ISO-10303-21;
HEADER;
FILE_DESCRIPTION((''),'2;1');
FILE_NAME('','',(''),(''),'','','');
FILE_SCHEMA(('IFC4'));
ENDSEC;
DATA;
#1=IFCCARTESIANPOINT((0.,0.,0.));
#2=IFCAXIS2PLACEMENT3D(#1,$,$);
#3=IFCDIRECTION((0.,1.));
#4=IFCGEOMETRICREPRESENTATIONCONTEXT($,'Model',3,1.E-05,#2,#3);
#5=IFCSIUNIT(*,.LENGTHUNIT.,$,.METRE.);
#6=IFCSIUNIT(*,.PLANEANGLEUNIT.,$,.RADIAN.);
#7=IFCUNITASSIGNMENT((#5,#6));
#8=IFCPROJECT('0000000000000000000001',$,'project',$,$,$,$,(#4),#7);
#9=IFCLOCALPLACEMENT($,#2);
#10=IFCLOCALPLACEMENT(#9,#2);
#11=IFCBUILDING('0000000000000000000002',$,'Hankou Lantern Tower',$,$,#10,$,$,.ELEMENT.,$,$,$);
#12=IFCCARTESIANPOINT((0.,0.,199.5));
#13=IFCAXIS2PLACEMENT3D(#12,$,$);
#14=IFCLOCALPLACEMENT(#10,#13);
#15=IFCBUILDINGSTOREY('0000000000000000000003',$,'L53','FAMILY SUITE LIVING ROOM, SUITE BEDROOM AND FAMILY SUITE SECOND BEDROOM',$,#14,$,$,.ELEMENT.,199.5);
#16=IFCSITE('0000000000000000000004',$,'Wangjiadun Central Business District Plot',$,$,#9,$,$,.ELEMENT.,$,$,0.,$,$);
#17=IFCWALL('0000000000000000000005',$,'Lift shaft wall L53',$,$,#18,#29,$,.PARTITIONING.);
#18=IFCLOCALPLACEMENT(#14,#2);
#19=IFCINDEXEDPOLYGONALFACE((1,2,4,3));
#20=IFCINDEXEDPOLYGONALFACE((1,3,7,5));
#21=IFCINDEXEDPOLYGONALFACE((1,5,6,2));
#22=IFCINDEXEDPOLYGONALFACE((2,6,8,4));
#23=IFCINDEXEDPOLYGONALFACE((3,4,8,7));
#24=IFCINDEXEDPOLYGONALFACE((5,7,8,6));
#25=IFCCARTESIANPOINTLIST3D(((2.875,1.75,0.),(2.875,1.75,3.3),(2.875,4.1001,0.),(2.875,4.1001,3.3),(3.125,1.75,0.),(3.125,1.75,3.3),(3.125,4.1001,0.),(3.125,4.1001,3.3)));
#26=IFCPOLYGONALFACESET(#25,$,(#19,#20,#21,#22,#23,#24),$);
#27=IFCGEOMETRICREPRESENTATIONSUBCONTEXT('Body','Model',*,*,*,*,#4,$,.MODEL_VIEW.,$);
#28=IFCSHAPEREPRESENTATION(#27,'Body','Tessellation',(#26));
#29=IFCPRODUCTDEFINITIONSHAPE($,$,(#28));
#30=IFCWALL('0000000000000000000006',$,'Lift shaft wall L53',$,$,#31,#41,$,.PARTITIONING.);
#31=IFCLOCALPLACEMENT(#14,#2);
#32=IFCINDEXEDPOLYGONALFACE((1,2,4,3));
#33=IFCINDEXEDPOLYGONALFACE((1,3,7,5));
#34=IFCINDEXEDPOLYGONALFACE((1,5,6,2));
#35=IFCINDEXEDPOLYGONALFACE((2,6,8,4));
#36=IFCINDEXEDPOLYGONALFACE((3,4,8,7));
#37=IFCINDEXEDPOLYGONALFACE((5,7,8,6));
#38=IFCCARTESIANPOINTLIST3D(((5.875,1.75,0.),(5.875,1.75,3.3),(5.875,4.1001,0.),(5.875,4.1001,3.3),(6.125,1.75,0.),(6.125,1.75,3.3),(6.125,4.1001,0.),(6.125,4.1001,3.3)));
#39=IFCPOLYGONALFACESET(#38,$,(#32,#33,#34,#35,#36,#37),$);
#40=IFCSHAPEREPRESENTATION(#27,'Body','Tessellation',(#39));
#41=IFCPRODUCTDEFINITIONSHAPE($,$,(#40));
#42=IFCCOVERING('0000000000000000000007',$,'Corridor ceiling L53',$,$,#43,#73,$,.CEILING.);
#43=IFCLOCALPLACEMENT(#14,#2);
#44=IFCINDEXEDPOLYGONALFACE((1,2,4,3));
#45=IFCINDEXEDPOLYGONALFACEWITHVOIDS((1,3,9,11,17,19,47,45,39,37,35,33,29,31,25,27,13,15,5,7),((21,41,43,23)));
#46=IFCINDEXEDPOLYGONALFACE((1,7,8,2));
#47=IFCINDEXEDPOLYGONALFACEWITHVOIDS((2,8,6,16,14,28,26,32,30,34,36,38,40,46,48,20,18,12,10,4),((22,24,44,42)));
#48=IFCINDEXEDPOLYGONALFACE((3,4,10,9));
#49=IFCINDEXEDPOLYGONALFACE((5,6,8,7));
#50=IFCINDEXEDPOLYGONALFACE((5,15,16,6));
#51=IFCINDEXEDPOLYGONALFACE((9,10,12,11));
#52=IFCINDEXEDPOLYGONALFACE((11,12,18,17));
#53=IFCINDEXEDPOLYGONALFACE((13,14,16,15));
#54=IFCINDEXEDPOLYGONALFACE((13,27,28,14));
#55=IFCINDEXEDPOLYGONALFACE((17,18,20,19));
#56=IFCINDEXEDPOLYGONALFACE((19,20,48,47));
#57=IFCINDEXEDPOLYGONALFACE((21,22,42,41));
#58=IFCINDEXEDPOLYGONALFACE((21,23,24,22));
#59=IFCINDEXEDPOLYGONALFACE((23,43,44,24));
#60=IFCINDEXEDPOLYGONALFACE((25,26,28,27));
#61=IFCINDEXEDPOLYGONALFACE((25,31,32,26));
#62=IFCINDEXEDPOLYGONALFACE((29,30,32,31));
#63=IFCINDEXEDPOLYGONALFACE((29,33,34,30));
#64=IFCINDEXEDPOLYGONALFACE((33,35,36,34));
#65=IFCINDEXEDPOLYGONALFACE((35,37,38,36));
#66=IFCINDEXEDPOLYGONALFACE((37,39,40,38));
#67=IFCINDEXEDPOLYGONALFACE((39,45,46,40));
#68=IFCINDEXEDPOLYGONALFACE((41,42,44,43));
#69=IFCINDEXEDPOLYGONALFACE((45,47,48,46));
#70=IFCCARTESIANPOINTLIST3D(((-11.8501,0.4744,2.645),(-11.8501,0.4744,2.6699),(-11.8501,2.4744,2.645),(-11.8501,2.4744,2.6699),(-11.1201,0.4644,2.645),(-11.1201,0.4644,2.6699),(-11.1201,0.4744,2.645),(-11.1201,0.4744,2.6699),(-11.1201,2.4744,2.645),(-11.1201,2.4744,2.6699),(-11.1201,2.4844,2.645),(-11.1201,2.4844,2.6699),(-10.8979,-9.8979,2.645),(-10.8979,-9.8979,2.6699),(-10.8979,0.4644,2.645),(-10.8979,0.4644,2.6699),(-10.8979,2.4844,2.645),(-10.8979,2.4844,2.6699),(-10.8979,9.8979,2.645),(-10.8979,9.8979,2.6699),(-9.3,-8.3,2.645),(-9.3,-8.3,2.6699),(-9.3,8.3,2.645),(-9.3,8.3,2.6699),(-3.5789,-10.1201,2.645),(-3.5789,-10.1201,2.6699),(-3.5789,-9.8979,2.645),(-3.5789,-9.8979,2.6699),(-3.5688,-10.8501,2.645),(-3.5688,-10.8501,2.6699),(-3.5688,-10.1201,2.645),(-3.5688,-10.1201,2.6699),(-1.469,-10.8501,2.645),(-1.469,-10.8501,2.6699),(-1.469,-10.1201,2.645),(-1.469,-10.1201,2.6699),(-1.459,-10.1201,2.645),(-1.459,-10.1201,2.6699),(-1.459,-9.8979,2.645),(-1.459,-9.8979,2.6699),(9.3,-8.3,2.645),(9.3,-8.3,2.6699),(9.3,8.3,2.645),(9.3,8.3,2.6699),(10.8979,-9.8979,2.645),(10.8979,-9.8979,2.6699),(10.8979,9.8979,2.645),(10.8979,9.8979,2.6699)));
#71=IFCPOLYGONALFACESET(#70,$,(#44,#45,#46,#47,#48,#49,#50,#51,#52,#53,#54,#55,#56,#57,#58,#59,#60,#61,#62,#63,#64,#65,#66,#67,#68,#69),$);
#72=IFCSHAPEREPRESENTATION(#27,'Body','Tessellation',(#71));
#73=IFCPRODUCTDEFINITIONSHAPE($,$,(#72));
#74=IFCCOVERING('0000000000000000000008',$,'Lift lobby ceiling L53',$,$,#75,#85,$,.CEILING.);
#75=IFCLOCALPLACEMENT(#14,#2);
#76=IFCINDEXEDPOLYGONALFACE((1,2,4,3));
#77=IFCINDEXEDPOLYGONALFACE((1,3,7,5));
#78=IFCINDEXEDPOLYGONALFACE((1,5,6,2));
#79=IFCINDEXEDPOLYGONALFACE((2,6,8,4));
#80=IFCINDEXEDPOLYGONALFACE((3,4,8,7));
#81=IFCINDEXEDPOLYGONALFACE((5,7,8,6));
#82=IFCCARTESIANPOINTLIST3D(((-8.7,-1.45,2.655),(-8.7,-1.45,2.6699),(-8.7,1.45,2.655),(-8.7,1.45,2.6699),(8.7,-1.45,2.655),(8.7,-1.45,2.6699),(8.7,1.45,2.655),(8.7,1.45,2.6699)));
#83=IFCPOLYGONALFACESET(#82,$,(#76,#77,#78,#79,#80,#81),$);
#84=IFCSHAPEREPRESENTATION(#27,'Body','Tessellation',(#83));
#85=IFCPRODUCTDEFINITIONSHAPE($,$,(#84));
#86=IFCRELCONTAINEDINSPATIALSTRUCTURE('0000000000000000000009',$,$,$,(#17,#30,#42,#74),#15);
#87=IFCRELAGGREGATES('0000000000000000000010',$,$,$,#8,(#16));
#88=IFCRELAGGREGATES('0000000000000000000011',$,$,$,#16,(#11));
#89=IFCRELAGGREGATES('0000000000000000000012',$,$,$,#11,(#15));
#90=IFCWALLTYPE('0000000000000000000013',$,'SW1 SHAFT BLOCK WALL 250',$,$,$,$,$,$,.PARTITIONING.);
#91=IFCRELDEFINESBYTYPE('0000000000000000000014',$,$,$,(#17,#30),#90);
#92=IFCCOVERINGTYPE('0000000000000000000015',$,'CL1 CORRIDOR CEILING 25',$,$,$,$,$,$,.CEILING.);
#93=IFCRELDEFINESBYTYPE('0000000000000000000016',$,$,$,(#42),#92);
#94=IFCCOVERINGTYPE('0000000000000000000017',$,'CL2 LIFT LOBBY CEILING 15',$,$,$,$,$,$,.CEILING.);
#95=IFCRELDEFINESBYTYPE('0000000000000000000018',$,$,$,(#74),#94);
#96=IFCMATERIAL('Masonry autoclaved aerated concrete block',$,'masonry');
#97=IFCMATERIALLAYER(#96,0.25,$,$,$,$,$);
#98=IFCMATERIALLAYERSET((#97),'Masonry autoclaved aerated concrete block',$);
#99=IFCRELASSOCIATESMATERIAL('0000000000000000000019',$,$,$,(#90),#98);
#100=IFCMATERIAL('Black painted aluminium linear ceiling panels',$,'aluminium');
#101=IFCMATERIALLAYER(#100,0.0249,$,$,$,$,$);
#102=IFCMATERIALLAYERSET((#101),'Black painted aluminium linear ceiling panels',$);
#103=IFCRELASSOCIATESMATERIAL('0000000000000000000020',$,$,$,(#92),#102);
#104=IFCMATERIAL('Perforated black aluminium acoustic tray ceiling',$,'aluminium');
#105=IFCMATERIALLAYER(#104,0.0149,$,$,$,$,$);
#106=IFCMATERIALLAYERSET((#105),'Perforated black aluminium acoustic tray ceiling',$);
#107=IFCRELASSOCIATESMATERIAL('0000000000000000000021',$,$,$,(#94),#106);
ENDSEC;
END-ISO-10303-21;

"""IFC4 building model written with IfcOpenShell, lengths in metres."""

from ifc_helpers import new_model, si_unit, direction, frame, frame_2d, origin, place, context, subcontext, project, spatial, polyline, rectangle, outline, extrude, material, layer, layer_set, type_object, element, save


model = new_model("IFC4")

# Units and contexts
model_context = context("Model", 3, precision=1e-05, world=origin(), true_north=direction((0.0, 1.0)))
body_context = subcontext(model_context, "Body", "Model", "MODEL_VIEW")
ifc_project = project(units=[si_unit("LENGTHUNIT", "METRE"), si_unit("PLANEANGLEUNIT", "RADIAN")], contexts=[model_context])

# Site, building, storey
site_placement = place(None, origin())
site = spatial("IfcSite", under=ifc_project, at=site_placement, Name="Wangjiadun Central Business District Plot", CompositionType="ELEMENT", RefElevation=0.0)
building_placement = place(site_placement, origin())
building = spatial("IfcBuilding", under=site, at=building_placement, Name="Hankou Lantern Tower", CompositionType="ELEMENT")
storey_placement = place(building_placement, frame((0.0, 0.0, 199.5)))
storey = spatial("IfcBuildingStorey", under=building, at=storey_placement, Name="L53", Description="FAMILY SUITE LIVING ROOM, SUITE BEDROOM AND FAMILY SUITE SECOND BEDROOM", CompositionType="ELEMENT", Elevation=199.5)

# Walls
ifc_material_1 = material(Name="Masonry autoclaved aerated concrete block", Category="masonry")
ifc_layer_1 = layer(ifc_material_1, 0.25)
ifc_layer_set_1 = layer_set([ifc_layer_1], Name="Masonry autoclaved aerated concrete block")
wall_type_1 = type_object("IfcWallType", Name="SW1 SHAFT BLOCK WALL 250", PredefinedType="PARTITIONING", material=ifc_layer_set_1)
for number, where, z_axis, x_axis, name in (
    (1, (3.0, 1.75, 0.0), (0.0, 0.0, 1.0), (0.0, 1.0, 0.0), "Lift shaft wall L53"),
    (2, (6.0, 1.75, 0.0), (0.0, 0.0, 1.0), (0.0, 1.0, 0.0), "Lift shaft wall L53"),
):
    element("IfcWall", number, at=place(storey_placement, frame(where, z_axis=z_axis, x_axis=x_axis)), inside=storey, type_object=wall_type_1, Name=name, PredefinedType="PARTITIONING", context=body_context, shape_type="SweptSolid", body=[
        extrude(rectangle(XDim=2.3501, YDim=0.25, at=frame_2d((1.175, 0.0))), origin(), (0.0, 0.0, 1.0), 3.3),
    ])

# Coverings
ifc_material_2 = material(Name="Black painted aluminium linear ceiling panels", Category="aluminium")
ifc_layer_2 = layer(ifc_material_2, 0.0249)
ifc_layer_set_2 = layer_set([ifc_layer_2], Name="Black painted aluminium linear ceiling panels")
covering_type_1 = type_object("IfcCoveringType", Name="CL1 CORRIDOR CEILING 25", PredefinedType="CEILING", material=ifc_layer_set_2)
covering_1_placement = place(storey_placement, frame((0.0, 0.0, 2.645)))
element("IfcCovering", 3, at=covering_1_placement, inside=storey, type_object=covering_type_1, Name="Corridor ceiling L53", PredefinedType="CEILING", context=body_context, shape_type="SweptSolid", body=[
    extrude(outline(polyline([(-3.5688, -10.8501), (-1.469, -10.8501), (-1.469, -10.1201), (-1.459, -10.1201), (-1.459, -9.8979), (10.8979, -9.8979), (10.8979, 9.8979), (-10.8979, 9.8979), (-10.8979, 2.4844), (-11.1201, 2.4844), (-11.1201, 2.4744), (-11.8501, 2.4744), (-11.8501, 0.4744), (-11.1201, 0.4744), (-11.1201, 0.4644), (-10.8979, 0.4644), (-10.8979, -9.8979), (-3.5789, -9.8979), (-3.5789, -10.1201), (-3.5688, -10.1201), (-3.5688, -10.8501)]), holes=[polyline([(-9.3, 8.3), (9.3, 8.3), (9.3, -8.3), (-9.3, -8.3), (-9.3, 8.3)])]), origin(), (0.0, 0.0, 1.0), 0.0249),
])
ifc_material_3 = material(Name="Perforated black aluminium acoustic tray ceiling", Category="aluminium")
ifc_layer_3 = layer(ifc_material_3, 0.0149)
ifc_layer_set_3 = layer_set([ifc_layer_3], Name="Perforated black aluminium acoustic tray ceiling")
covering_type_2 = type_object("IfcCoveringType", Name="CL2 LIFT LOBBY CEILING 15", PredefinedType="CEILING", material=ifc_layer_set_3)
covering_2_placement = place(storey_placement, frame((0.0, 0.0, 2.655)))
element("IfcCovering", 4, at=covering_2_placement, inside=storey, type_object=covering_type_2, Name="Lift lobby ceiling L53", PredefinedType="CEILING", context=body_context, shape_type="SweptSolid", body=[
    extrude(outline(polyline([(-8.7, -1.45), (8.7, -1.45), (8.7, 1.45), (-8.7, 1.45), (-8.7, -1.45)])), origin(), (0.0, 0.0, 1.0), 0.0149),
])

save(model, "model.ifc")
